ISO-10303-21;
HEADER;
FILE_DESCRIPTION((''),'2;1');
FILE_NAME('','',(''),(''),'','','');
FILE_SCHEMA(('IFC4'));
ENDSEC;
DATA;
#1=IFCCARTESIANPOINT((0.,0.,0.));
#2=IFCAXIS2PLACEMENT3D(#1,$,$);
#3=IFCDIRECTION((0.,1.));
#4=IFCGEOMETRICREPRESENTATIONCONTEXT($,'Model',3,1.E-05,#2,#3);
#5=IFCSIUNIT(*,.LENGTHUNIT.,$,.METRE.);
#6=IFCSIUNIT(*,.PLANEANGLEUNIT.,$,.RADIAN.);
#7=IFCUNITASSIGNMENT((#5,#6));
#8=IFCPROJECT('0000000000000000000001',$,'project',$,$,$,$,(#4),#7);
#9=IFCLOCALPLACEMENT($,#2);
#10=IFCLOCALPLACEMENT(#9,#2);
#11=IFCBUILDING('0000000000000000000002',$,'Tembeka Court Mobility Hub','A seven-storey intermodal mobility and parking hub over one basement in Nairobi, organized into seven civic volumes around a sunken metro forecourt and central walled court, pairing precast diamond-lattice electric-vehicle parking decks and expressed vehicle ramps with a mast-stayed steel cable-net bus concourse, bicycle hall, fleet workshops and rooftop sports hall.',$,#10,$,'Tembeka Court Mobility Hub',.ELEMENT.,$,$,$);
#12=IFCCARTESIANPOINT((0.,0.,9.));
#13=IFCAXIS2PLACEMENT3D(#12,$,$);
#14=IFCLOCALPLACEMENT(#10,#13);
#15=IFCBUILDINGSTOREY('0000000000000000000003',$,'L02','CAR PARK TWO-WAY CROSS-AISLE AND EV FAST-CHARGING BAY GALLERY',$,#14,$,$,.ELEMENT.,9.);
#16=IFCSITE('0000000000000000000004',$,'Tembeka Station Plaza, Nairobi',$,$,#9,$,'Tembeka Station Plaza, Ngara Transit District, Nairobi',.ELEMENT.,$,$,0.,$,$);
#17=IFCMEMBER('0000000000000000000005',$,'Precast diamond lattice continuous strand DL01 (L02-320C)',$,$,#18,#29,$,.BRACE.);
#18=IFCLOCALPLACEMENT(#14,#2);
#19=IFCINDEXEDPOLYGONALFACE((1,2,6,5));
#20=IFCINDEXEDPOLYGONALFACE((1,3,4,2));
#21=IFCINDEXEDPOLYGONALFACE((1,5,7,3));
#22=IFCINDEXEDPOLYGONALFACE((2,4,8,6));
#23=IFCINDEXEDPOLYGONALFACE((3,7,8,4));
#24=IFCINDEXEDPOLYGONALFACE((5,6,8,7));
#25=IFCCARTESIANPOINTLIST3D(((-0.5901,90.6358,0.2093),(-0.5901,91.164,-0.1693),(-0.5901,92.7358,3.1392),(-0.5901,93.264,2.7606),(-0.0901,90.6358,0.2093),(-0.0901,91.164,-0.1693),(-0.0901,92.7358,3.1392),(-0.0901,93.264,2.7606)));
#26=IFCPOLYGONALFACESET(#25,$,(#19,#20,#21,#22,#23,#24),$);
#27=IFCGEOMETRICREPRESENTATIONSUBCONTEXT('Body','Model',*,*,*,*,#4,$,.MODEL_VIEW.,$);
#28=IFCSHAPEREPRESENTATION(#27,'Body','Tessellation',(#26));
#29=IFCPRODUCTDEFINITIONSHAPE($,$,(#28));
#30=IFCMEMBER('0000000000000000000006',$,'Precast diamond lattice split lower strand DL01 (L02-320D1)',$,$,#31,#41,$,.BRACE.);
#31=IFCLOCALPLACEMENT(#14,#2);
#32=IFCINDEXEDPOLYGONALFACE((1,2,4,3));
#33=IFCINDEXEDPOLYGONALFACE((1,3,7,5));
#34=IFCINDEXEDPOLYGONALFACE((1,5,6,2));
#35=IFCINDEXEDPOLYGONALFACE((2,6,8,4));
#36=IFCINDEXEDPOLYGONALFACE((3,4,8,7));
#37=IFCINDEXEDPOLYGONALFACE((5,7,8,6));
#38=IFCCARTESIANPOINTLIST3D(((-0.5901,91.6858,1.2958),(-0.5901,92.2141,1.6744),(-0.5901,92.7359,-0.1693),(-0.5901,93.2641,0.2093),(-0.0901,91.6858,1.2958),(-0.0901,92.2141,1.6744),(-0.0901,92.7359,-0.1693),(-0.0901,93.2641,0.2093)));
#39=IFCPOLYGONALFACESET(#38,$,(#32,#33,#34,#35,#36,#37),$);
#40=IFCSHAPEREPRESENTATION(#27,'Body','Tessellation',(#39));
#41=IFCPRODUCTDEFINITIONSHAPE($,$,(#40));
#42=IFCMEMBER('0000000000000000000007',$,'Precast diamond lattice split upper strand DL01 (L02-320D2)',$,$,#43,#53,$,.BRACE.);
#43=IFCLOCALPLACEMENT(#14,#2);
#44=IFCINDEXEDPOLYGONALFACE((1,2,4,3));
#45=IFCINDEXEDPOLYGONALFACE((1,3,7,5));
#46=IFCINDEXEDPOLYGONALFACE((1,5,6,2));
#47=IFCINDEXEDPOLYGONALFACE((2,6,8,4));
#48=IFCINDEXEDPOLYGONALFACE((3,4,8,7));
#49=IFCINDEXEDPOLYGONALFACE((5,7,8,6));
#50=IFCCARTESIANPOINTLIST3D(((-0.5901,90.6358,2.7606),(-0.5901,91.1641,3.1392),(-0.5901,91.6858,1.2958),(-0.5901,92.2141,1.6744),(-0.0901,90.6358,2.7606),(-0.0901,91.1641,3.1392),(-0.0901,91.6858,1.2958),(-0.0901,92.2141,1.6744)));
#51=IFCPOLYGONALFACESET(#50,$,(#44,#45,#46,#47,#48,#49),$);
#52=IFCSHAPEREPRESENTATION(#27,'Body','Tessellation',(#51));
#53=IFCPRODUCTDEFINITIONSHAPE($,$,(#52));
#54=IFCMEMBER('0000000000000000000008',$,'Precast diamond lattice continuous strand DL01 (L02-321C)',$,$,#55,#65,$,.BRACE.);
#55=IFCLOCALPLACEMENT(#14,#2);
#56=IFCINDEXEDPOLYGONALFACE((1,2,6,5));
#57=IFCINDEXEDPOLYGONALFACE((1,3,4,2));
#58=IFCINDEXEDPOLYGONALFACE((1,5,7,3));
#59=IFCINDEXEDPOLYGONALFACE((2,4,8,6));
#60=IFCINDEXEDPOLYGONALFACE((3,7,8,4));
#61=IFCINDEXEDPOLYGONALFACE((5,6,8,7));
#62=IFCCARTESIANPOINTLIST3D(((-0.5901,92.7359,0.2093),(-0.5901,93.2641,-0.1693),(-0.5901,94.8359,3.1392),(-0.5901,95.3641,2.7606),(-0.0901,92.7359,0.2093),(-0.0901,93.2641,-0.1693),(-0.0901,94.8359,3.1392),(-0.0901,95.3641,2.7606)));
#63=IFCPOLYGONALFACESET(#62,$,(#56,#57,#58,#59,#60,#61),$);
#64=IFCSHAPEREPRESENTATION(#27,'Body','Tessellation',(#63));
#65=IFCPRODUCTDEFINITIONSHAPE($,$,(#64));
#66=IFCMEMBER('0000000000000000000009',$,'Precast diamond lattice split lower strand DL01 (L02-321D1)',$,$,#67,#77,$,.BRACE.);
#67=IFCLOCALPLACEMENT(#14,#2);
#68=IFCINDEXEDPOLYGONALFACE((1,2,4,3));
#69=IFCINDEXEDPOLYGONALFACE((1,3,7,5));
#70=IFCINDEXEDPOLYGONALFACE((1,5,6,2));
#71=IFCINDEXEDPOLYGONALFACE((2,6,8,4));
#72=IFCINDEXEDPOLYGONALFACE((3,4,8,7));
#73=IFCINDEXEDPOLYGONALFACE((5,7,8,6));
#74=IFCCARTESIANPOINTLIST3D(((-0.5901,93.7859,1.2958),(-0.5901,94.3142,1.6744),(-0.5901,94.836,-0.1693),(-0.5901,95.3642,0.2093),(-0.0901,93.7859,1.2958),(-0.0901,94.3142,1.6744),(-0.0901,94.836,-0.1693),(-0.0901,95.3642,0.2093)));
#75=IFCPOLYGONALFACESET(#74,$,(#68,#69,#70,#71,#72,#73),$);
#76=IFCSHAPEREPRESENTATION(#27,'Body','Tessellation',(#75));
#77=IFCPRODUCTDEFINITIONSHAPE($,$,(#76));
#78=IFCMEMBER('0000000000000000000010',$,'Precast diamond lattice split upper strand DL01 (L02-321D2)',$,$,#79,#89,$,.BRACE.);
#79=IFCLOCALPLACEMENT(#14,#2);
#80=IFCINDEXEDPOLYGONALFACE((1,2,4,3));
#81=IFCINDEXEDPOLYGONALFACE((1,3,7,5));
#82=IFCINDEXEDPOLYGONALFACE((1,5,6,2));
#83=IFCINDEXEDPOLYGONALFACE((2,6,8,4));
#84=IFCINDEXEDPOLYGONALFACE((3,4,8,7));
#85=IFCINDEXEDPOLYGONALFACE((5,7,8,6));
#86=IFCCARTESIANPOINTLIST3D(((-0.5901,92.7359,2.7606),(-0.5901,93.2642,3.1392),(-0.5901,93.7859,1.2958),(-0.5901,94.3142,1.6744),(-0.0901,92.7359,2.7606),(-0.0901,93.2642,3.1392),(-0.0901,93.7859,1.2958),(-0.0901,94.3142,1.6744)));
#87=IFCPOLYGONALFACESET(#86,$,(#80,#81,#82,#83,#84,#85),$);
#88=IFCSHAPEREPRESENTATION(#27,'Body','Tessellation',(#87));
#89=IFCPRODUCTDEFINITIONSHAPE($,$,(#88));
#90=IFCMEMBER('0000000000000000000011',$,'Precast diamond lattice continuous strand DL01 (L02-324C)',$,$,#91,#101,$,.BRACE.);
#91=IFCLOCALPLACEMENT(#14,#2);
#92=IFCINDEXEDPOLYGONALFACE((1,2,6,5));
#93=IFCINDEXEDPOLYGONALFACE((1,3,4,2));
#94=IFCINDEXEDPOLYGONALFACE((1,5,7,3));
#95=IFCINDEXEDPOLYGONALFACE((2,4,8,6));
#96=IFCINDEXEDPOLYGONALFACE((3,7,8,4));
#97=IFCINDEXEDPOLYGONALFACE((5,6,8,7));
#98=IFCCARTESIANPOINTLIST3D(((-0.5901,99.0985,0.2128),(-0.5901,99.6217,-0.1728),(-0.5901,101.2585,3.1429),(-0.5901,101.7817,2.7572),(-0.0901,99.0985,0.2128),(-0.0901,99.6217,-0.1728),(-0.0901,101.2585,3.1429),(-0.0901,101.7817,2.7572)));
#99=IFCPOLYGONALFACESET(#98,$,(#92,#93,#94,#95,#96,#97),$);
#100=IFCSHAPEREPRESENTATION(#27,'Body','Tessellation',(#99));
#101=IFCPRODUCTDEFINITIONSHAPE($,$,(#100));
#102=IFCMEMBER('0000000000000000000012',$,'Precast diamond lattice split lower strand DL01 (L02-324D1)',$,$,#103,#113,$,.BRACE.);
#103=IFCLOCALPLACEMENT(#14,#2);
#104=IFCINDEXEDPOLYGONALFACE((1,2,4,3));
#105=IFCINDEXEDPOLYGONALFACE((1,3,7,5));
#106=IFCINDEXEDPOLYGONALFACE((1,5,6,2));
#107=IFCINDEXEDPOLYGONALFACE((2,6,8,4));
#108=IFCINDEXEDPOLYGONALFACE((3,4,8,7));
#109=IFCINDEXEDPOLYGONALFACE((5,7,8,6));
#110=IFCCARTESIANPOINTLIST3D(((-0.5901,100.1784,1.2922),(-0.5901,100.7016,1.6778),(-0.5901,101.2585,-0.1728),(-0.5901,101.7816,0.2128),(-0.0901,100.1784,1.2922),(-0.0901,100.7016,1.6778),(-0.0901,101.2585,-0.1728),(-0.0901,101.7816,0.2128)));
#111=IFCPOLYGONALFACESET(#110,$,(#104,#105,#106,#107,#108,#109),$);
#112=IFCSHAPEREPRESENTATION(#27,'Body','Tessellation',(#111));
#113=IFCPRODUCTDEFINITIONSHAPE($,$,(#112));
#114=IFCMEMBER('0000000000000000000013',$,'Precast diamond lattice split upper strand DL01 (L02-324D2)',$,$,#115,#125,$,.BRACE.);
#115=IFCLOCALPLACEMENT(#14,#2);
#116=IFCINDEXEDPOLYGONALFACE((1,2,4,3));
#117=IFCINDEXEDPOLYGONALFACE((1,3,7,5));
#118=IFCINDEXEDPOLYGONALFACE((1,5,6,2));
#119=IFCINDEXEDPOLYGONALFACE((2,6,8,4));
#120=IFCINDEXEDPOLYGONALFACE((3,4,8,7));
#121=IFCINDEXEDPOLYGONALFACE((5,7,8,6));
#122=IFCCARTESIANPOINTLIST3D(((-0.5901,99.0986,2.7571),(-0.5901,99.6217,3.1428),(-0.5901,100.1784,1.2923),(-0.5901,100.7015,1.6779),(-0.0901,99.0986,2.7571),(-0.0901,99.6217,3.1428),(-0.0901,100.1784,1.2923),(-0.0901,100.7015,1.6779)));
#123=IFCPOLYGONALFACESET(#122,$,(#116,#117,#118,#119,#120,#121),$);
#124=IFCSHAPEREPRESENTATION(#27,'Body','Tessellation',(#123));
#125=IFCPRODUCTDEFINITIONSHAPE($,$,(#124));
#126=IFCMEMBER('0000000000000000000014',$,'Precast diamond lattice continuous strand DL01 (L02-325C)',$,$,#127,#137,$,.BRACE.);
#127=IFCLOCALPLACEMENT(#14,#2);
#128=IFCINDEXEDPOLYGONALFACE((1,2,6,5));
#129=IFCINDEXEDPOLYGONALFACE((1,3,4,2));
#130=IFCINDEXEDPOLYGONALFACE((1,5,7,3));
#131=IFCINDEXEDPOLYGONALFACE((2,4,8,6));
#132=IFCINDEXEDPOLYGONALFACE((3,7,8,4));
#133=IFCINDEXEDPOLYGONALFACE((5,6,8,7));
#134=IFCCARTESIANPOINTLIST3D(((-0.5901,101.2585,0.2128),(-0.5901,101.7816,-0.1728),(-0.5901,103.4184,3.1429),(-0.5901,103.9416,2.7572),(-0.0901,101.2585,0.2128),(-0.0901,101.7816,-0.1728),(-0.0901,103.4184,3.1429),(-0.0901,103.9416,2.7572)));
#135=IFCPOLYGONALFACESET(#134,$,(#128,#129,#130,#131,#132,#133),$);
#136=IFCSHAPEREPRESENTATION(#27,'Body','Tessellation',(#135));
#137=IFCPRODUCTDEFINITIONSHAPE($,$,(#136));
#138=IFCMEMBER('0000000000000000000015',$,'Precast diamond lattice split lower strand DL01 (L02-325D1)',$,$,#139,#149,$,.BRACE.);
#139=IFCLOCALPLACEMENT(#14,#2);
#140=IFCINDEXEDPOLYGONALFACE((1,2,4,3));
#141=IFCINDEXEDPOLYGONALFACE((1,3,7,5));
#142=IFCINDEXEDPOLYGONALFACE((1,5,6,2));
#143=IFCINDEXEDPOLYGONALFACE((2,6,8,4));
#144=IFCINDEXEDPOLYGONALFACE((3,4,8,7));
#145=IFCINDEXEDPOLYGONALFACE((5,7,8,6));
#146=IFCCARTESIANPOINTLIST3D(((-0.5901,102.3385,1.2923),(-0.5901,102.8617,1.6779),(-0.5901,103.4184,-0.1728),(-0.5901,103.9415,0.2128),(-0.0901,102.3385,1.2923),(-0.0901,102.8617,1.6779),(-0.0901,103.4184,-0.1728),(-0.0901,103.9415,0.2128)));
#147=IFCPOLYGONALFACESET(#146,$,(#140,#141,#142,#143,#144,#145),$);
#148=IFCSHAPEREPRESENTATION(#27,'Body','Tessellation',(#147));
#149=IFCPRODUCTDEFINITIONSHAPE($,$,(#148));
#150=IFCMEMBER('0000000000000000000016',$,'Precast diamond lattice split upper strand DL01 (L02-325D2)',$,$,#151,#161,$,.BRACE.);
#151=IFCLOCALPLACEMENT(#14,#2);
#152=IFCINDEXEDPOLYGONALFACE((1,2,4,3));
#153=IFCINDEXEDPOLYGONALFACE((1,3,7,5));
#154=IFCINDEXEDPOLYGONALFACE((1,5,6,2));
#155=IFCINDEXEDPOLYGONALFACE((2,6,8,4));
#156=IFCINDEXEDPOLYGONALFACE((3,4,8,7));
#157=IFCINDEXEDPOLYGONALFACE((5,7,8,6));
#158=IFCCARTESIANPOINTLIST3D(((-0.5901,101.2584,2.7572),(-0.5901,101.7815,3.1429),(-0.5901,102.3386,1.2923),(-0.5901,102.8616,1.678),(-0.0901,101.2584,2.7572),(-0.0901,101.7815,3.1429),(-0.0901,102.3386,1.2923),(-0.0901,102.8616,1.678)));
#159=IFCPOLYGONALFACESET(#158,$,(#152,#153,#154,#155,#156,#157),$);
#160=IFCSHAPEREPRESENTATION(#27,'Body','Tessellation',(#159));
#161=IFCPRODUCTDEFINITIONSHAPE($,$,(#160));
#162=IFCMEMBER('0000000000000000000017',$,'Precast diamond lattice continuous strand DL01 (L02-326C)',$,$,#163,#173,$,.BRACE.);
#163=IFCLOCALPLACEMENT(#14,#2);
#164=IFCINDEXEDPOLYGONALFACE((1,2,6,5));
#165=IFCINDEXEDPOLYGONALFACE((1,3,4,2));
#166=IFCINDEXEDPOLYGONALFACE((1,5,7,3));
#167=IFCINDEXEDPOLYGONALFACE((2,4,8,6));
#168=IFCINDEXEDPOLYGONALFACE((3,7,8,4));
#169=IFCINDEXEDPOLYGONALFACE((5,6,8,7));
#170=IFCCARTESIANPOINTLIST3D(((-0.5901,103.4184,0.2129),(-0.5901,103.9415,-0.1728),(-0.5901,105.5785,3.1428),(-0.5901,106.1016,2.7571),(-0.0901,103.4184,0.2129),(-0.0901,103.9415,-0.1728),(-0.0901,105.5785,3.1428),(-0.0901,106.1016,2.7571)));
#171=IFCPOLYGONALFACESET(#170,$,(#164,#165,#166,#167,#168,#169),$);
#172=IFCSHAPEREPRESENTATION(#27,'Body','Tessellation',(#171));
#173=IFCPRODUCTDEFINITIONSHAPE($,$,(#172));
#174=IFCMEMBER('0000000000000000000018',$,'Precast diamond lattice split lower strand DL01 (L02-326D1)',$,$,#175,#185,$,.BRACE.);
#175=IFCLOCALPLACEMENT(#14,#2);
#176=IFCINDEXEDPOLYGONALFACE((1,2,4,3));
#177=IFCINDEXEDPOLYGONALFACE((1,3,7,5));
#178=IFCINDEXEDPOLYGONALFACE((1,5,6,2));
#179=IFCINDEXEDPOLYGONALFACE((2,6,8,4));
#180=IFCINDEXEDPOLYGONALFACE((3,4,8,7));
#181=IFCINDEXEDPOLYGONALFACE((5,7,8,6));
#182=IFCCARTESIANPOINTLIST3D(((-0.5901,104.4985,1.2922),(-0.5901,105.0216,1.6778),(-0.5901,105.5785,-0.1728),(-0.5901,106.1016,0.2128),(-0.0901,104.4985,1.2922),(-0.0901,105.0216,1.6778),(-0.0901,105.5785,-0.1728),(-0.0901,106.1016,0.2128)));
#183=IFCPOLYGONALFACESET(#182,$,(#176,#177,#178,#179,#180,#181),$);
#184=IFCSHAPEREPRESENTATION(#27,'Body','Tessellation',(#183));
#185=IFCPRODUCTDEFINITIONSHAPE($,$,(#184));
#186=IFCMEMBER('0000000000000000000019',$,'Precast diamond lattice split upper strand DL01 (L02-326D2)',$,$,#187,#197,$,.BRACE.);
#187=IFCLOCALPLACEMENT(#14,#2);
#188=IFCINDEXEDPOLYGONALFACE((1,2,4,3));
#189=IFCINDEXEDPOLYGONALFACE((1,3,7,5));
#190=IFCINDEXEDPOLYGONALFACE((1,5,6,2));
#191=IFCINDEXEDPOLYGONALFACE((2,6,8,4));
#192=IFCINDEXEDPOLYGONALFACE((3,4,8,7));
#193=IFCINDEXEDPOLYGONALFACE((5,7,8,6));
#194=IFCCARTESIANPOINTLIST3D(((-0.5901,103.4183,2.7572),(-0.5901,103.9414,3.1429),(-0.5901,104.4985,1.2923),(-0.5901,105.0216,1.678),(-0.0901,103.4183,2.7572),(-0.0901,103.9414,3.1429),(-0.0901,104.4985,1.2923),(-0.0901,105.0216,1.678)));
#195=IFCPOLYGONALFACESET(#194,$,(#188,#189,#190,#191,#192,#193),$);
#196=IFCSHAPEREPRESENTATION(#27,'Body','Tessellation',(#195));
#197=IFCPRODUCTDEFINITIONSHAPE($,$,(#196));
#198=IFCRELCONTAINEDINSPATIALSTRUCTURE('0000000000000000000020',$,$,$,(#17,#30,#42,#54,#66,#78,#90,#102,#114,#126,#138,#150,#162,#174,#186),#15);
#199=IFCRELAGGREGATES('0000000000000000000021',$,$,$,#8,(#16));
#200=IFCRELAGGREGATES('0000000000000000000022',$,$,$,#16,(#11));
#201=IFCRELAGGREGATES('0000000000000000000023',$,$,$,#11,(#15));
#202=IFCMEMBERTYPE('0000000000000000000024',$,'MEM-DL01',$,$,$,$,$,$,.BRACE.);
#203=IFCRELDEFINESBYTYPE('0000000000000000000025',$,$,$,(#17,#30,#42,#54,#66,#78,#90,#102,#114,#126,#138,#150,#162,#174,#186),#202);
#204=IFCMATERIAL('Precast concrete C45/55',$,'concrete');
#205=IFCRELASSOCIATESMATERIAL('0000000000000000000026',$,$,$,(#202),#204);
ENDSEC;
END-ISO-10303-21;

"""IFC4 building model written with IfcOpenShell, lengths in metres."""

from ifc_helpers import new_model, si_unit, direction, frame, origin, origin_2d, place, context, subcontext, project, spatial, rectangle, extrude, material, material_profile, profile_set, type_object, element, save


model = new_model("IFC4")

# Units and contexts
model_context = context("Model", 3, precision=1e-05, world=origin(), true_north=direction((0.0, 1.0)))
body_context = subcontext(model_context, "Body", "Model", "MODEL_VIEW")
ifc_project = project(units=[si_unit("LENGTHUNIT", "METRE"), si_unit("PLANEANGLEUNIT", "RADIAN")], contexts=[model_context])

# Site, building, storey
site_placement = place(None, origin())
site = spatial("IfcSite", under=ifc_project, at=site_placement, Name="Tembeka Station Plaza, Nairobi", LongName="Tembeka Station Plaza, Ngara Transit District, Nairobi", CompositionType="ELEMENT", RefElevation=0.0)
building_placement = place(site_placement, origin())
building = spatial("IfcBuilding", under=site, at=building_placement, Name="Tembeka Court Mobility Hub", Description="A seven-storey intermodal mobility and parking hub over one basement in Nairobi, organized into seven civic volumes around a sunken metro forecourt and central walled court, pairing precast diamond-lattice electric-vehicle parking decks and expressed vehicle ramps with a mast-stayed steel cable-net bus concourse, bicycle hall, fleet workshops and rooftop sports hall.", LongName="Tembeka Court Mobility Hub", CompositionType="ELEMENT")
storey_placement = place(building_placement, frame((0.0, 0.0, 9.0)))
storey = spatial("IfcBuildingStorey", under=building, at=storey_placement, Name="L02", Description="CAR PARK TWO-WAY CROSS-AISLE AND EV FAST-CHARGING BAY GALLERY", CompositionType="ELEMENT", Elevation=9.0)

# Members
ifc_material_1 = material(Name="Precast concrete C45/55", Category="concrete")
ifc_material_profile_1 = material_profile(ifc_material_1, rectangle(XDim=0.5, YDim=0.6499, at=origin_2d()), Name="PC-DIAG 500x650")
ifc_profile_set_1 = profile_set([ifc_material_profile_1], Name="Precast concrete C45/55")
member_type_1 = type_object("IfcMemberType", Name="MEM-DL01", PredefinedType="BRACE", material=ifc_profile_set_1)
member_1_placement = place(storey_placement, frame((-0.3401, 90.8999, 0.02), z_axis=(0.0, 0.582576, 0.812776), x_axis=(-1.0, 0.0, 0.0)))
element("IfcMember", 1, at=member_1_placement, inside=storey, type_object=member_type_1, Name="Precast diamond lattice continuous strand DL01 (L02-320C)", PredefinedType="BRACE", context=body_context, shape_type="SweptSolid", body=[
    extrude(rectangle(XDim=0.5, YDim=0.6499, at=origin_2d()), origin(), (0.0, 0.0, 1.0), 3.6047),
])
member_2_placement = place(storey_placement, frame((-0.3401, 93.0, 0.02), z_axis=(0.0, -0.582544, 0.812799), x_axis=(1.0, 0.0, 0.0)))
element("IfcMember", 2, at=member_2_placement, inside=storey, type_object=member_type_1, Name="Precast diamond lattice split lower strand DL01 (L02-320D1)", PredefinedType="BRACE", context=body_context, shape_type="SweptSolid", body=[
    extrude(rectangle(XDim=0.5, YDim=0.6499, at=origin_2d()), origin(), (0.0, 0.0, 1.0), 1.8025),
])
member_3_placement = place(storey_placement, frame((-0.3401, 91.95, 1.4851), z_axis=(0.0, -0.582608, 0.812753), x_axis=(1.0, 0.0, 0.0)))
element("IfcMember", 3, at=member_3_placement, inside=storey, type_object=member_type_1, Name="Precast diamond lattice split upper strand DL01 (L02-320D2)", PredefinedType="BRACE", context=body_context, shape_type="SweptSolid", body=[
    extrude(rectangle(XDim=0.5, YDim=0.6499, at=origin_2d()), origin(), (0.0, 0.0, 1.0), 1.8022),
])
member_4_placement = place(storey_placement, frame((-0.3401, 93.0, 0.02), z_axis=(0.0, 0.582576, 0.812776), x_axis=(-1.0, 0.0, 0.0)))
element("IfcMember", 4, at=member_4_placement, inside=storey, type_object=member_type_1, Name="Precast diamond lattice continuous strand DL01 (L02-321C)", PredefinedType="BRACE", context=body_context, shape_type="SweptSolid", body=[
    extrude(rectangle(XDim=0.5, YDim=0.6499, at=origin_2d()), origin(), (0.0, 0.0, 1.0), 3.6047),
])
member_5_placement = place(storey_placement, frame((-0.3401, 95.1001, 0.02), z_axis=(0.0, -0.582544, 0.812799), x_axis=(1.0, 0.0, 0.0)))
element("IfcMember", 5, at=member_5_placement, inside=storey, type_object=member_type_1, Name="Precast diamond lattice split lower strand DL01 (L02-321D1)", PredefinedType="BRACE", context=body_context, shape_type="SweptSolid", body=[
    extrude(rectangle(XDim=0.5, YDim=0.6499, at=origin_2d()), origin(), (0.0, 0.0, 1.0), 1.8025),
])
member_6_placement = place(storey_placement, frame((-0.3401, 94.05, 1.4851), z_axis=(0.0, -0.582608, 0.812753), x_axis=(1.0, 0.0, 0.0)))
element("IfcMember", 6, at=member_6_placement, inside=storey, type_object=member_type_1, Name="Precast diamond lattice split upper strand DL01 (L02-321D2)", PredefinedType="BRACE", context=body_context, shape_type="SweptSolid", body=[
    extrude(rectangle(XDim=0.5, YDim=0.6499, at=origin_2d()), origin(), (0.0, 0.0, 1.0), 1.8022),
])
member_7_placement = place(storey_placement, frame((-0.3401, 99.3601, 0.02), z_axis=(0.0, 0.59338, 0.804923), x_axis=(-1.0, 0.0, 0.0)))
element("IfcMember", 7, at=member_7_placement, inside=storey, type_object=member_type_1, Name="Precast diamond lattice continuous strand DL01 (L02-324C)", PredefinedType="BRACE", context=body_context, shape_type="SweptSolid", body=[
    extrude(rectangle(XDim=0.5, YDim=0.6499, at=origin_2d()), origin(), (0.0, 0.0, 1.0), 3.6401),
])
member_8_placement = place(storey_placement, frame((-0.3401, 101.52, 0.02), z_axis=(0.0, -0.593391, 0.804914), x_axis=(1.0, 0.0, 0.0)))
element("IfcMember", 8, at=member_8_placement, inside=storey, type_object=member_type_1, Name="Precast diamond lattice split lower strand DL01 (L02-324D1)", PredefinedType="BRACE", context=body_context, shape_type="SweptSolid", body=[
    extrude(rectangle(XDim=0.5, YDim=0.6499, at=origin_2d()), origin(), (0.0, 0.0, 1.0), 1.8201),
])
member_9_placement = place(storey_placement, frame((-0.3401, 100.4399, 1.4851), z_axis=(0.0, -0.593368, 0.804931), x_axis=(1.0, 0.0, 0.0)))
element("IfcMember", 9, at=member_9_placement, inside=storey, type_object=member_type_1, Name="Precast diamond lattice split upper strand DL01 (L02-324D2)", PredefinedType="BRACE", context=body_context, shape_type="SweptSolid", body=[
    extrude(rectangle(XDim=0.5, YDim=0.6499, at=origin_2d()), origin(), (0.0, 0.0, 1.0), 1.8198),
])
member_10_placement = place(storey_placement, frame((-0.3401, 101.52, 0.02), z_axis=(0.0, 0.59338, 0.804923), x_axis=(-1.0, 0.0, 0.0)))
element("IfcMember", 10, at=member_10_placement, inside=storey, type_object=member_type_1, Name="Precast diamond lattice continuous strand DL01 (L02-325C)", PredefinedType="BRACE", context=body_context, shape_type="SweptSolid", body=[
    extrude(rectangle(XDim=0.5, YDim=0.6499, at=origin_2d()), origin(), (0.0, 0.0, 1.0), 3.6401),
])
for number, where, z_axis, x_axis, name in (
    (11, (-0.3401, 103.6799, 0.02), (0.0, -0.593304, 0.804978), (1.0, 0.0, 0.0), "Precast diamond lattice split lower strand DL01 (L02-325D1)"),
    (12, (-0.3401, 102.6001, 1.4851), (0.0, -0.593455, 0.804867), (1.0, 0.0, 0.0), "Precast diamond lattice split upper strand DL01 (L02-325D2)"),
):
    element("IfcMember", number, at=place(storey_placement, frame(where, z_axis=z_axis, x_axis=x_axis)), inside=storey, type_object=member_type_1, Name=name, PredefinedType="BRACE", context=body_context, shape_type="SweptSolid", body=[
        extrude(rectangle(XDim=0.5, YDim=0.6499, at=origin_2d()), origin(), (0.0, 0.0, 1.0), 1.8201),
    ])
member_11_placement = place(storey_placement, frame((-0.3401, 103.6799, 0.02), z_axis=(0.0, 0.593423, 0.804891), x_axis=(-1.0, 0.0, 0.0)))
element("IfcMember", 13, at=member_11_placement, inside=storey, type_object=member_type_1, Name="Precast diamond lattice continuous strand DL01 (L02-326C)", PredefinedType="BRACE", context=body_context, shape_type="SweptSolid", body=[
    extrude(rectangle(XDim=0.5, YDim=0.6499, at=origin_2d()), origin(), (0.0, 0.0, 1.0), 3.6401),
])
for number, where, z_axis, x_axis, name in (
    (14, (-0.3401, 105.8401, 0.02), (0.0, -0.593391, 0.804914), (1.0, 0.0, 0.0), "Precast diamond lattice split lower strand DL01 (L02-326D1)"),
    (15, (-0.3401, 104.76, 1.4851), (0.0, -0.593455, 0.804867), (1.0, 0.0, 0.0), "Precast diamond lattice split upper strand DL01 (L02-326D2)"),
):
    element("IfcMember", number, at=place(storey_placement, frame(where, z_axis=z_axis, x_axis=x_axis)), inside=storey, type_object=member_type_1, Name=name, PredefinedType="BRACE", context=body_context, shape_type="SweptSolid", body=[
        extrude(rectangle(XDim=0.5, YDim=0.6499, at=origin_2d()), origin(), (0.0, 0.0, 1.0), 1.8201),
    ])

save(model, "model.ifc")
